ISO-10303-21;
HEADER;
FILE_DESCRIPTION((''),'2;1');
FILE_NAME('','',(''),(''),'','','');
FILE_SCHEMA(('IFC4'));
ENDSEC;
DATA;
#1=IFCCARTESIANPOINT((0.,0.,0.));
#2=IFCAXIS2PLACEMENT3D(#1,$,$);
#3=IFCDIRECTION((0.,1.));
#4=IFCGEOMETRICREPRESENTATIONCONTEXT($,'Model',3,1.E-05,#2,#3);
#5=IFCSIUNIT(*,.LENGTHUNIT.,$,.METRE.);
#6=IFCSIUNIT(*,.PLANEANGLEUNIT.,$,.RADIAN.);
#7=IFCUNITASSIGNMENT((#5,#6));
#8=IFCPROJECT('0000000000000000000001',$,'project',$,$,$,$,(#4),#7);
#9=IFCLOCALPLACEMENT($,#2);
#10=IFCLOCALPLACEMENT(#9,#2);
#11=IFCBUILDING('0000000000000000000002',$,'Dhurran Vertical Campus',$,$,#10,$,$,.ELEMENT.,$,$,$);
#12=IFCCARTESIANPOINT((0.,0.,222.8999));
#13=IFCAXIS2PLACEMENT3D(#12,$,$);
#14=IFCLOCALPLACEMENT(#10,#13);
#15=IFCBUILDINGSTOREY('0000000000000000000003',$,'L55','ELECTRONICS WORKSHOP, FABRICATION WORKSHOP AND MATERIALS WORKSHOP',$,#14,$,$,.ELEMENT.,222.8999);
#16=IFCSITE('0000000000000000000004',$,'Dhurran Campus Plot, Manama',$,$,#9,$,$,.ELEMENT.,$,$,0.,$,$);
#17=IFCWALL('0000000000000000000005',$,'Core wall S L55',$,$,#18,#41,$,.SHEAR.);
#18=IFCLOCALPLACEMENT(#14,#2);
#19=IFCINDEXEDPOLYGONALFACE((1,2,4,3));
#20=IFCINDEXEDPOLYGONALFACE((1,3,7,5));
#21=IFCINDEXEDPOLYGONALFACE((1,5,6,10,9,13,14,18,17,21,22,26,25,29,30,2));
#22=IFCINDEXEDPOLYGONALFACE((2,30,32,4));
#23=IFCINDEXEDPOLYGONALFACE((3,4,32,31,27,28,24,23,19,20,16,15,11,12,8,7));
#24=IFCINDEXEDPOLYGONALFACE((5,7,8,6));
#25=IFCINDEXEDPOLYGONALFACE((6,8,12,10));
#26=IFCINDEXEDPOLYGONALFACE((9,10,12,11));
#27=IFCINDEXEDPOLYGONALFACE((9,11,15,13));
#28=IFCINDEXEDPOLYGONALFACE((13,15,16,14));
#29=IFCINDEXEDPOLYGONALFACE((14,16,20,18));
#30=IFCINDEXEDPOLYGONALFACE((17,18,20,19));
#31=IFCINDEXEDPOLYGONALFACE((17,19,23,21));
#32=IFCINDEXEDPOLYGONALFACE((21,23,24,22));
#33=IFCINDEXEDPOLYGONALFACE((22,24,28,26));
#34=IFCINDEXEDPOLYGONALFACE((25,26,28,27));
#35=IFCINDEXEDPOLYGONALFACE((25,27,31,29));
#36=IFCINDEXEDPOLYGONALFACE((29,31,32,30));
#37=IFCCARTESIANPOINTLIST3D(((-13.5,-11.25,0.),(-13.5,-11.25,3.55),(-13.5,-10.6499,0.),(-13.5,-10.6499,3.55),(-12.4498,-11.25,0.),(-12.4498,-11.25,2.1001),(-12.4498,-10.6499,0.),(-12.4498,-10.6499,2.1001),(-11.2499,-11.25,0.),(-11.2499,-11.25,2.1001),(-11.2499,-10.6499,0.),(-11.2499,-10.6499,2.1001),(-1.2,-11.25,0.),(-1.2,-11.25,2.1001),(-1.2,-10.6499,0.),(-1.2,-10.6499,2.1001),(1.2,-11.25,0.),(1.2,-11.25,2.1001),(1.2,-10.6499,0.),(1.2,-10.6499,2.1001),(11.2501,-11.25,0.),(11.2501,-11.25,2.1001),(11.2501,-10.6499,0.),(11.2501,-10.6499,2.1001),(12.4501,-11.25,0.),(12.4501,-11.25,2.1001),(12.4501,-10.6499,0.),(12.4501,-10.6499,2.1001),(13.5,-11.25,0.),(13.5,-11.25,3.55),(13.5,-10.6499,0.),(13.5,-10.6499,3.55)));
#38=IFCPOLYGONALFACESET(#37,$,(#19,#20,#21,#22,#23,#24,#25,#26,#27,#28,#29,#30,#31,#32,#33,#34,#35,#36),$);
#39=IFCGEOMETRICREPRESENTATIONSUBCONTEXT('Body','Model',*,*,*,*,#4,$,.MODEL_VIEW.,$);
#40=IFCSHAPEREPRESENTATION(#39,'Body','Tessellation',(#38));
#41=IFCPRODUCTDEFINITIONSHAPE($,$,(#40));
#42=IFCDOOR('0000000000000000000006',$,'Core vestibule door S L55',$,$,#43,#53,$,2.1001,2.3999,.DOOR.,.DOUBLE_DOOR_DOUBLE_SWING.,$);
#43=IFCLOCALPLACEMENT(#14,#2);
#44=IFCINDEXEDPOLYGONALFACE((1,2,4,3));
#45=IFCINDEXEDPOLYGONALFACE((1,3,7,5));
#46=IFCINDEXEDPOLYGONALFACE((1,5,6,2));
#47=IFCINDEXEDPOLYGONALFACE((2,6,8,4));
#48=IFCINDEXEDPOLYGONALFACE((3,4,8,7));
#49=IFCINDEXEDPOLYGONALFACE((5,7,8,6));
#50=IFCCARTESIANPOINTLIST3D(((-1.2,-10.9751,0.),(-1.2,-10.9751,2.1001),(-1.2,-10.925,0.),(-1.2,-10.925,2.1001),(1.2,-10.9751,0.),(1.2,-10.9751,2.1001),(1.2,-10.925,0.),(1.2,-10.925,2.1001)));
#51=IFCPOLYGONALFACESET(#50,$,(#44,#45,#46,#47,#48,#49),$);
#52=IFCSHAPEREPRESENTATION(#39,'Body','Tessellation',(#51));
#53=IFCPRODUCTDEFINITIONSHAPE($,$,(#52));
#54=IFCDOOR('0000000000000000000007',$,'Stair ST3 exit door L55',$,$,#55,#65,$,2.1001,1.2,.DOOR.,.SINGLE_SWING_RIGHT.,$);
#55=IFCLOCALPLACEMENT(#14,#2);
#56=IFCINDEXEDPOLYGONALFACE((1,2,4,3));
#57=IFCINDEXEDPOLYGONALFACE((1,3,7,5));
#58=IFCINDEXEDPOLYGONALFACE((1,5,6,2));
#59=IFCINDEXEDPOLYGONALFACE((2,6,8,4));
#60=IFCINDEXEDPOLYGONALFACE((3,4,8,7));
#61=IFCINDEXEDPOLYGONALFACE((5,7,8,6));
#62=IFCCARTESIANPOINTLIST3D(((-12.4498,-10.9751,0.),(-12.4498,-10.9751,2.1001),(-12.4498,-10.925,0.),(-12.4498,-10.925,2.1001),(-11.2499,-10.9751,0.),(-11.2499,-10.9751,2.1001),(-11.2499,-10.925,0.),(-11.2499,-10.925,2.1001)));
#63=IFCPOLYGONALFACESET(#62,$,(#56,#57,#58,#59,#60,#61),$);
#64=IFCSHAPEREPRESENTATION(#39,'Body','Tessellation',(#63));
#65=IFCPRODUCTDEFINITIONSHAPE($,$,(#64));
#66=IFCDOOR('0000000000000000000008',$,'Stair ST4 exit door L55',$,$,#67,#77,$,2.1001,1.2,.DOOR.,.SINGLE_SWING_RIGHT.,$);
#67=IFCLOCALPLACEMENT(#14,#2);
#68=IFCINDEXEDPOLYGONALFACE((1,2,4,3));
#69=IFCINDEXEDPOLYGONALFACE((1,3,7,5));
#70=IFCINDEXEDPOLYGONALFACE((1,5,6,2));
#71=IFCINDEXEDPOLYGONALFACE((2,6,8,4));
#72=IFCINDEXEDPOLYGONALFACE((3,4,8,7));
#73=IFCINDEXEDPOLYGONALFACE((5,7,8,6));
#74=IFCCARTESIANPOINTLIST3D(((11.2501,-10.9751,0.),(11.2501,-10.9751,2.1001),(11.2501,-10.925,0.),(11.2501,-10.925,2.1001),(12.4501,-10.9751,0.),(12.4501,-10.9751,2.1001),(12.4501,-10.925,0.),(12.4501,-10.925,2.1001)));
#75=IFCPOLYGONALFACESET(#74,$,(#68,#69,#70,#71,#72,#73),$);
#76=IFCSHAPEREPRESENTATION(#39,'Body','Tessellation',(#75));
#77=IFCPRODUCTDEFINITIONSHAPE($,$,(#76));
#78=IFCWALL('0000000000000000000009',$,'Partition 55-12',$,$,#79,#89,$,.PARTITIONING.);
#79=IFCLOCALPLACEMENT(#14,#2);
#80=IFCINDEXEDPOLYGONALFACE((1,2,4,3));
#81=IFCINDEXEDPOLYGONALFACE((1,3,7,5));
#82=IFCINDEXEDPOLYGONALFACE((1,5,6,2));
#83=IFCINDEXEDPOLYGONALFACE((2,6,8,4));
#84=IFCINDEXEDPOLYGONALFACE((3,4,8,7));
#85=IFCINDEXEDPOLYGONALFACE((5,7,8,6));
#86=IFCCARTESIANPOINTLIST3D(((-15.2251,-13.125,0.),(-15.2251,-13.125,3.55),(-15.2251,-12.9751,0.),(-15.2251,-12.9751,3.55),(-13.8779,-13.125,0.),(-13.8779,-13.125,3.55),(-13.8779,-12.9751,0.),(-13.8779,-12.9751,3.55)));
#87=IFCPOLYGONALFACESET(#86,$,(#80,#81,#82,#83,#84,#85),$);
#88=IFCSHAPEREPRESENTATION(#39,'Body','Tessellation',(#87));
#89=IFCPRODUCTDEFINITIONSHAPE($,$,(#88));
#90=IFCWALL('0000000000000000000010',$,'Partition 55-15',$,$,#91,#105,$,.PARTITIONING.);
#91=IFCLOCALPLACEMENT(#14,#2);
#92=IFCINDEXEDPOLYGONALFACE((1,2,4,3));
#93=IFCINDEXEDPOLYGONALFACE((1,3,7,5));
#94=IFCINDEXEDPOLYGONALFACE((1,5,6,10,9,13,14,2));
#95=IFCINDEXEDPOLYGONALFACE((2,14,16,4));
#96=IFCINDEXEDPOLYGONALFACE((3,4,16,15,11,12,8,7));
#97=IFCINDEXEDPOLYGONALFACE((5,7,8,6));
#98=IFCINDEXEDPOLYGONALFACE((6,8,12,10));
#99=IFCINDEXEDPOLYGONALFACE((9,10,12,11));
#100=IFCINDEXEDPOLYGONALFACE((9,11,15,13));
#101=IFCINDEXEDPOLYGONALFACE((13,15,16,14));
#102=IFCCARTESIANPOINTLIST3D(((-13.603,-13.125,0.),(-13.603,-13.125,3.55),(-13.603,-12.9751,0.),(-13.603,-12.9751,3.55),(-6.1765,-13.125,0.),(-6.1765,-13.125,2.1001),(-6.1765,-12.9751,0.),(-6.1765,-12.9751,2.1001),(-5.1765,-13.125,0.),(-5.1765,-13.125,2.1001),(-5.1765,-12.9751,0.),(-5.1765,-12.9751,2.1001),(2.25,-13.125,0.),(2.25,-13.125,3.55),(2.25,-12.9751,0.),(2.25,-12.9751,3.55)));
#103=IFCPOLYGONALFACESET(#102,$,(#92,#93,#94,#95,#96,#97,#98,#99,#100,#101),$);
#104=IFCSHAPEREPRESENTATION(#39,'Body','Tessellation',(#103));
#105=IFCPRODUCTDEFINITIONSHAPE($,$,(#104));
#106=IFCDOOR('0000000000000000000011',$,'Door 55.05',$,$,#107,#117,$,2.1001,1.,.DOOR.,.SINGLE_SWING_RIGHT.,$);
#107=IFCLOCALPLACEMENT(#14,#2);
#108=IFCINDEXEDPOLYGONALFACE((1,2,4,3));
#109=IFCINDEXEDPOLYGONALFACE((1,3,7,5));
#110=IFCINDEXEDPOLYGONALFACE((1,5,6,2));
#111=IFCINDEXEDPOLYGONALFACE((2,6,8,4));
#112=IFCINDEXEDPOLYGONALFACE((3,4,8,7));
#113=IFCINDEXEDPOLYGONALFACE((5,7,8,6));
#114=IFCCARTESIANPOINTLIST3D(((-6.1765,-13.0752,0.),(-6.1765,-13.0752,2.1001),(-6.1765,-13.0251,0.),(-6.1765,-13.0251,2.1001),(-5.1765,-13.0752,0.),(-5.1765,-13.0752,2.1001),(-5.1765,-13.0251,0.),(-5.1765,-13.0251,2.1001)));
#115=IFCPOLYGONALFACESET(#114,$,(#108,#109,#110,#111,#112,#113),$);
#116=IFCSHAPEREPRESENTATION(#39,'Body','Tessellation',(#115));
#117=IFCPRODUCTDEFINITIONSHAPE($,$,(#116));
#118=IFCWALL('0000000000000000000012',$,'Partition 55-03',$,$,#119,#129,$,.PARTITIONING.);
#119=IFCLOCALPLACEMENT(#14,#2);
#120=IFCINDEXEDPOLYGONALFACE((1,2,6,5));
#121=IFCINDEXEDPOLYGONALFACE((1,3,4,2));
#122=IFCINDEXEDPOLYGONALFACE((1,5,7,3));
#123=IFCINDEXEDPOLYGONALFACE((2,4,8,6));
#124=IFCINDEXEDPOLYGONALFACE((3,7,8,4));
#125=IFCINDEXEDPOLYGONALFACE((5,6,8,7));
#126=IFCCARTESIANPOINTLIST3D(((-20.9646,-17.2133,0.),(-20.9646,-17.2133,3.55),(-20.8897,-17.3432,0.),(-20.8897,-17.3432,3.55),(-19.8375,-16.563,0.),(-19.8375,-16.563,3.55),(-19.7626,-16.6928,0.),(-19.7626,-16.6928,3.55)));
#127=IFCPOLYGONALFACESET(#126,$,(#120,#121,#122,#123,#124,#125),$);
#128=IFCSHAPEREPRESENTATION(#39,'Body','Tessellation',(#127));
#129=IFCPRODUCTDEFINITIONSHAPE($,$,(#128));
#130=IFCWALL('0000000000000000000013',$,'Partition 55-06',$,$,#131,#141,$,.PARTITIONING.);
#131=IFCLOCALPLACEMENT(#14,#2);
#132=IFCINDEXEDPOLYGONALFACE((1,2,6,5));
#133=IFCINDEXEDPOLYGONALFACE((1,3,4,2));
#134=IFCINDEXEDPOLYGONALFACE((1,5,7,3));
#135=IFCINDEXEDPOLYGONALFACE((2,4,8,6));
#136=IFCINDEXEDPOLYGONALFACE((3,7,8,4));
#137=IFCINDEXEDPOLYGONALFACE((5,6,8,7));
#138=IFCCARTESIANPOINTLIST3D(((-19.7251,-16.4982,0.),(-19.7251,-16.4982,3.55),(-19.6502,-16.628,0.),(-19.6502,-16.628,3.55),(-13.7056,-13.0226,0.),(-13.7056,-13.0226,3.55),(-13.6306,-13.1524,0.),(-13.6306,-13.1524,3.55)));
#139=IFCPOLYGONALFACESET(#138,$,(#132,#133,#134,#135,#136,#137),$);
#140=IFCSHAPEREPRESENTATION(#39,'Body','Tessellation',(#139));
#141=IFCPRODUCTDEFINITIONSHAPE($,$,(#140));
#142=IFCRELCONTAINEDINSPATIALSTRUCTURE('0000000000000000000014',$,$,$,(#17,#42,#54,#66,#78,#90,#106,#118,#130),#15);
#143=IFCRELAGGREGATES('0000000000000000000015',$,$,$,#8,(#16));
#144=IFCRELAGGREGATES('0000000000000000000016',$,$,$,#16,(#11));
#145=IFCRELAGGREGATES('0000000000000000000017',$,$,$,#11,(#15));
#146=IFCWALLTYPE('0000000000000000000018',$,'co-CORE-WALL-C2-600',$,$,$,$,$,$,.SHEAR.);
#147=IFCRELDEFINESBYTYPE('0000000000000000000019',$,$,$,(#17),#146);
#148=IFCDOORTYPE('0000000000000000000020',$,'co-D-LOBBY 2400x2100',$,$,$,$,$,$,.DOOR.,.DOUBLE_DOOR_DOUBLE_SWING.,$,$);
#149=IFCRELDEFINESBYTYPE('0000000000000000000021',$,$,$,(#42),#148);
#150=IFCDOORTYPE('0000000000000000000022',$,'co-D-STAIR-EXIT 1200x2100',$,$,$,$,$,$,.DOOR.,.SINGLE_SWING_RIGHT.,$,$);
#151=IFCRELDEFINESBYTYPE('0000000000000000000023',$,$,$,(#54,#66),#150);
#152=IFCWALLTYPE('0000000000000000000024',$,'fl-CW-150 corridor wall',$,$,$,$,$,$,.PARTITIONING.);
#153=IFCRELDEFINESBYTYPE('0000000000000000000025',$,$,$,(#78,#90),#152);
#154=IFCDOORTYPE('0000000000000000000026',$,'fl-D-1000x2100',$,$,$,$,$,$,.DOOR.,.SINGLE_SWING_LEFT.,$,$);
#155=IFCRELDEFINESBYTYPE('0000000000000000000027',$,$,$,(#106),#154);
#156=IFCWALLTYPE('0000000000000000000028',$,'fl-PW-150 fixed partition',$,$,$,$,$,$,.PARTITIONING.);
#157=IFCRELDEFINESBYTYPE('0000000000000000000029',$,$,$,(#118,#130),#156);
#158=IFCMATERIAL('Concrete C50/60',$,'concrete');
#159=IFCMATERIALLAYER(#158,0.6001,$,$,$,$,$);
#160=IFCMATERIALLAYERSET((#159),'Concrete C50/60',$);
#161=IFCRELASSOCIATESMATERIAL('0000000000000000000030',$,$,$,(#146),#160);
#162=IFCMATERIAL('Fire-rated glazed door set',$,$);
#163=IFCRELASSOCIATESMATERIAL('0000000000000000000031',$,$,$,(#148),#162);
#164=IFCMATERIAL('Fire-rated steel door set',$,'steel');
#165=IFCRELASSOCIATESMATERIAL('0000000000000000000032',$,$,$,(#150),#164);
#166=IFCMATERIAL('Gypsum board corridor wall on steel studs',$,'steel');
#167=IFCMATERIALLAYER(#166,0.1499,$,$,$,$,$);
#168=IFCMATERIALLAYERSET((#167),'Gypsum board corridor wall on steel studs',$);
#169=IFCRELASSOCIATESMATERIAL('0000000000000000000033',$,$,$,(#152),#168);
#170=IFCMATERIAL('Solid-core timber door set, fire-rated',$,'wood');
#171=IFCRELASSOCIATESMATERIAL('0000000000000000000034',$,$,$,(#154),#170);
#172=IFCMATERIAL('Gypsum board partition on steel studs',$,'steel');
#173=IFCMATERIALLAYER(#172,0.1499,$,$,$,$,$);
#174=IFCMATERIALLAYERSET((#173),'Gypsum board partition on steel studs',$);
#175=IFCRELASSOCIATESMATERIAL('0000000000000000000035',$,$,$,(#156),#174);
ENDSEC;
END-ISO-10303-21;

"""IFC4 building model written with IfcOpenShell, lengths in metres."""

from ifc_helpers import new_model, si_unit, direction, frame, frame_2d, origin, place, context, subcontext, project, spatial, rectangle, extrude, material, layer, layer_set, type_object, element, fill, save


model = new_model("IFC4")

# Units and contexts
model_context = context("Model", 3, precision=1e-05, world=origin(), true_north=direction((0.0, 1.0)))
body_context = subcontext(model_context, "Body", "Model", "MODEL_VIEW")
ifc_project = project(units=[si_unit("LENGTHUNIT", "METRE"), si_unit("PLANEANGLEUNIT", "RADIAN")], contexts=[model_context])

# Site, building, storey
site_placement = place(None, origin())
site = spatial("IfcSite", under=ifc_project, at=site_placement, Name="Dhurran Campus Plot, Manama", CompositionType="ELEMENT", RefElevation=0.0)
building_placement = place(site_placement, origin())
building = spatial("IfcBuilding", under=site, at=building_placement, Name="Dhurran Vertical Campus", CompositionType="ELEMENT")
storey_placement = place(building_placement, frame((0.0, 0.0, 222.8999)))
storey = spatial("IfcBuildingStorey", under=building, at=storey_placement, Name="L55", Description="ELECTRONICS WORKSHOP, FABRICATION WORKSHOP AND MATERIALS WORKSHOP", CompositionType="ELEMENT", Elevation=222.8999)

# Wall, openings, doors
ifc_material_1 = material(Name="Concrete C50/60", Category="concrete")
ifc_layer_1 = layer(ifc_material_1, 0.6001)
ifc_layer_set_1 = layer_set([ifc_layer_1], Name="Concrete C50/60")
wall_type_1 = type_object("IfcWallType", Name="co-CORE-WALL-C2-600", PredefinedType="SHEAR", material=ifc_layer_set_1)
wall_1_placement = place(storey_placement, frame((-13.5, -10.95, 0.0), z_axis=(0.0, 0.0, 1.0), x_axis=(1.0, 0.0, 0.0)))
wall_1 = element("IfcWall", 1, at=wall_1_placement, inside=storey, type_object=wall_type_1, Name="Core wall S L55", PredefinedType="SHEAR", context=body_context, shape_type="SweptSolid", body=[
    extrude(rectangle(XDim=27.0, YDim=0.6001, at=frame_2d((13.5, 0.0))), origin(), (0.0, 0.0, 1.0), 3.55),
])
opening_1_placement = place(wall_1_placement, frame((12.3, 0.0, 0.0)))
opening_1 = element("IfcOpeningElement", 2, at=opening_1_placement, cuts=wall_1, PredefinedType="OPENING", context=body_context, shape_type="SweptSolid", body=[
    extrude(rectangle(XDim=2.3999, YDim=2.1001, at=frame_2d((1.2, 1.05))), frame((0.0, 0.3101, 0.0), z_axis=(0.0, -1.0, 0.0), x_axis=(1.0, 0.0, 0.0)), (0.0, 0.0, 1.0), 0.6201),
])
opening_2_placement = place(wall_1_placement, frame((1.05, 0.0, 0.0)))
opening_2 = element("IfcOpeningElement", 3, at=opening_2_placement, cuts=wall_1, PredefinedType="OPENING", context=body_context, shape_type="SweptSolid", body=[
    extrude(rectangle(XDim=1.2, YDim=2.1001, at=frame_2d((0.6001, 1.05))), frame((0.0, 0.3101, 0.0), z_axis=(0.0, -1.0, 0.0), x_axis=(1.0, 0.0, 0.0)), (0.0, 0.0, 1.0), 0.6201),
])
opening_3_placement = place(wall_1_placement, frame((24.75, 0.0, 0.0)))
opening_3 = element("IfcOpeningElement", 4, at=opening_3_placement, cuts=wall_1, PredefinedType="OPENING", context=body_context, shape_type="SweptSolid", body=[
    extrude(rectangle(XDim=1.2, YDim=2.1001, at=frame_2d((0.6001, 1.05))), frame((0.0, 0.3101, 0.0), z_axis=(0.0, -1.0, 0.0), x_axis=(1.0, 0.0, 0.0)), (0.0, 0.0, 1.0), 0.6201),
])
ifc_material_2 = material(Name="Fire-rated glazed door set")
door_type_1 = type_object("IfcDoorType", Name="co-D-LOBBY 2400x2100", OperationType="DOUBLE_DOOR_DOUBLE_SWING", PredefinedType="DOOR", material=ifc_material_2)
door_1_placement = place(opening_1_placement, origin())
door_1 = element("IfcDoor", 5, at=door_1_placement, inside=storey, type_object=door_type_1, Name="Core vestibule door S L55", OperationType="DOUBLE_DOOR_DOUBLE_SWING", OverallHeight=2.1001, OverallWidth=2.3999, PredefinedType="DOOR", context=body_context, shape_type="SweptSolid", body=[
    extrude(rectangle(XDim=2.3999, YDim=2.1001, at=frame_2d((1.2, 1.05))), frame((0.0, 0.0249, 0.0), z_axis=(0.0, -1.0, 0.0), x_axis=(1.0, 0.0, 0.0)), (0.0, 0.0, 1.0), 0.05),
])
fill(opening_1, door_1)
ifc_material_3 = material(Name="Fire-rated steel door set", Category="steel")
door_type_2 = type_object("IfcDoorType", Name="co-D-STAIR-EXIT 1200x2100", OperationType="SINGLE_SWING_RIGHT", PredefinedType="DOOR", material=ifc_material_3)
door_2_placement = place(opening_2_placement, origin())
door_2 = element("IfcDoor", 6, at=door_2_placement, inside=storey, type_object=door_type_2, Name="Stair ST3 exit door L55", OperationType="SINGLE_SWING_RIGHT", OverallHeight=2.1001, OverallWidth=1.2, PredefinedType="DOOR", context=body_context, shape_type="SweptSolid", body=[
    extrude(rectangle(XDim=1.2, YDim=2.1001, at=frame_2d((0.6001, 1.05))), frame((0.0, 0.0249, 0.0), z_axis=(0.0, -1.0, 0.0), x_axis=(1.0, 0.0, 0.0)), (0.0, 0.0, 1.0), 0.05),
])
fill(opening_2, door_2)
door_3_placement = place(opening_3_placement, origin())
door_3 = element("IfcDoor", 7, at=door_3_placement, inside=storey, type_object=door_type_2, Name="Stair ST4 exit door L55", OperationType="SINGLE_SWING_RIGHT", OverallHeight=2.1001, OverallWidth=1.2, PredefinedType="DOOR", context=body_context, shape_type="SweptSolid", body=[
    extrude(rectangle(XDim=1.2, YDim=2.1001, at=frame_2d((0.6001, 1.05))), frame((0.0, 0.0249, 0.0), z_axis=(0.0, -1.0, 0.0), x_axis=(1.0, 0.0, 0.0)), (0.0, 0.0, 1.0), 0.05),
])
fill(opening_3, door_3)

# Wall
ifc_material_4 = material(Name="Gypsum board corridor wall on steel studs", Category="steel")
ifc_layer_2 = layer(ifc_material_4, 0.1499)
ifc_layer_set_2 = layer_set([ifc_layer_2], Name="Gypsum board corridor wall on steel studs")
wall_type_2 = type_object("IfcWallType", Name="fl-CW-150 corridor wall", PredefinedType="PARTITIONING", material=ifc_layer_set_2)
wall_2_placement = place(storey_placement, frame((-15.2251, -13.05, 0.0), z_axis=(0.0, 0.0, 1.0), x_axis=(1.0, 0.0, 0.0)))
element("IfcWall", 8, at=wall_2_placement, inside=storey, type_object=wall_type_2, Name="Partition 55-12", PredefinedType="PARTITIONING", context=body_context, shape_type="SweptSolid", body=[
    extrude(rectangle(XDim=1.3472, YDim=0.1499, at=frame_2d((0.6736, 0.0))), origin(), (0.0, 0.0, 1.0), 3.55),
])

# Wall, opening, door
wall_3_placement = place(storey_placement, frame((-13.603, -13.05, 0.0), z_axis=(0.0, 0.0, 1.0), x_axis=(1.0, 0.0, 0.0)))
wall_3 = element("IfcWall", 9, at=wall_3_placement, inside=storey, type_object=wall_type_2, Name="Partition 55-15", PredefinedType="PARTITIONING", context=body_context, shape_type="SweptSolid", body=[
    extrude(rectangle(XDim=15.853, YDim=0.1499, at=frame_2d((7.9265, 0.0))), origin(), (0.0, 0.0, 1.0), 3.55),
])
opening_4_placement = place(wall_3_placement, frame((7.4265, 0.0, 0.0)))
opening_4 = element("IfcOpeningElement", 10, at=opening_4_placement, cuts=wall_3, PredefinedType="OPENING", context=body_context, shape_type="SweptSolid", body=[
    extrude(rectangle(XDim=1.0, YDim=2.1001, at=frame_2d((0.5, 1.05))), frame((0.0, 0.085, 0.0), z_axis=(0.0, -1.0, 0.0), x_axis=(1.0, 0.0, 0.0)), (0.0, 0.0, 1.0), 0.1699),
])
ifc_material_5 = material(Name="Solid-core timber door set, fire-rated", Category="wood")
door_type_3 = type_object("IfcDoorType", Name="fl-D-1000x2100", OperationType="SINGLE_SWING_LEFT", PredefinedType="DOOR", material=ifc_material_5)
door_4_placement = place(opening_4_placement, origin())
door_4 = element("IfcDoor", 11, at=door_4_placement, inside=storey, type_object=door_type_3, Name="Door 55.05", OperationType="SINGLE_SWING_RIGHT", OverallHeight=2.1001, OverallWidth=1.0, PredefinedType="DOOR", context=body_context, shape_type="SweptSolid", body=[
    extrude(rectangle(XDim=1.0, YDim=2.1001, at=frame_2d((0.5, 1.05))), frame((0.0, 0.0249, 0.0), z_axis=(0.0, -1.0, 0.0), x_axis=(1.0, 0.0, 0.0)), (0.0, 0.0, 1.0), 0.05),
])
fill(opening_4, door_4)

# Walls
ifc_material_6 = material(Name="Gypsum board partition on steel studs", Category="steel")
ifc_layer_3 = layer(ifc_material_6, 0.1499)
ifc_layer_set_3 = layer_set([ifc_layer_3], Name="Gypsum board partition on steel studs")
wall_type_3 = type_object("IfcWallType", Name="fl-PW-150 fixed partition", PredefinedType="PARTITIONING", material=ifc_layer_set_3)
wall_4_placement = place(storey_placement, frame((-19.8, -16.6279, 0.0), z_axis=(0.0, 0.0, 1.0), x_axis=(-0.866157, -0.499771, 0.0)))
element("IfcWall", 12, at=wall_4_placement, inside=storey, type_object=wall_type_3, Name="Partition 55-03", PredefinedType="PARTITIONING", context=body_context, shape_type="SweptSolid", body=[
    extrude(rectangle(XDim=1.3013, YDim=0.1499, at=frame_2d((0.6506, 0.0))), origin(), (0.0, 0.0, 1.0), 3.55),
])
wall_5_placement = place(storey_placement, frame((-13.668, -13.0874, 0.0), z_axis=(0.0, 0.0, 1.0), x_axis=(-0.866012, -0.500022, 0.0)))
element("IfcWall", 13, at=wall_5_placement, inside=storey, type_object=wall_type_3, Name="Partition 55-06", PredefinedType="PARTITIONING", context=body_context, shape_type="SweptSolid", body=[
    extrude(rectangle(XDim=6.9509, YDim=0.1499, at=frame_2d((3.4756, 0.0))), origin(), (0.0, 0.0, 1.0), 3.55),
])

save(model, "model.ifc")
